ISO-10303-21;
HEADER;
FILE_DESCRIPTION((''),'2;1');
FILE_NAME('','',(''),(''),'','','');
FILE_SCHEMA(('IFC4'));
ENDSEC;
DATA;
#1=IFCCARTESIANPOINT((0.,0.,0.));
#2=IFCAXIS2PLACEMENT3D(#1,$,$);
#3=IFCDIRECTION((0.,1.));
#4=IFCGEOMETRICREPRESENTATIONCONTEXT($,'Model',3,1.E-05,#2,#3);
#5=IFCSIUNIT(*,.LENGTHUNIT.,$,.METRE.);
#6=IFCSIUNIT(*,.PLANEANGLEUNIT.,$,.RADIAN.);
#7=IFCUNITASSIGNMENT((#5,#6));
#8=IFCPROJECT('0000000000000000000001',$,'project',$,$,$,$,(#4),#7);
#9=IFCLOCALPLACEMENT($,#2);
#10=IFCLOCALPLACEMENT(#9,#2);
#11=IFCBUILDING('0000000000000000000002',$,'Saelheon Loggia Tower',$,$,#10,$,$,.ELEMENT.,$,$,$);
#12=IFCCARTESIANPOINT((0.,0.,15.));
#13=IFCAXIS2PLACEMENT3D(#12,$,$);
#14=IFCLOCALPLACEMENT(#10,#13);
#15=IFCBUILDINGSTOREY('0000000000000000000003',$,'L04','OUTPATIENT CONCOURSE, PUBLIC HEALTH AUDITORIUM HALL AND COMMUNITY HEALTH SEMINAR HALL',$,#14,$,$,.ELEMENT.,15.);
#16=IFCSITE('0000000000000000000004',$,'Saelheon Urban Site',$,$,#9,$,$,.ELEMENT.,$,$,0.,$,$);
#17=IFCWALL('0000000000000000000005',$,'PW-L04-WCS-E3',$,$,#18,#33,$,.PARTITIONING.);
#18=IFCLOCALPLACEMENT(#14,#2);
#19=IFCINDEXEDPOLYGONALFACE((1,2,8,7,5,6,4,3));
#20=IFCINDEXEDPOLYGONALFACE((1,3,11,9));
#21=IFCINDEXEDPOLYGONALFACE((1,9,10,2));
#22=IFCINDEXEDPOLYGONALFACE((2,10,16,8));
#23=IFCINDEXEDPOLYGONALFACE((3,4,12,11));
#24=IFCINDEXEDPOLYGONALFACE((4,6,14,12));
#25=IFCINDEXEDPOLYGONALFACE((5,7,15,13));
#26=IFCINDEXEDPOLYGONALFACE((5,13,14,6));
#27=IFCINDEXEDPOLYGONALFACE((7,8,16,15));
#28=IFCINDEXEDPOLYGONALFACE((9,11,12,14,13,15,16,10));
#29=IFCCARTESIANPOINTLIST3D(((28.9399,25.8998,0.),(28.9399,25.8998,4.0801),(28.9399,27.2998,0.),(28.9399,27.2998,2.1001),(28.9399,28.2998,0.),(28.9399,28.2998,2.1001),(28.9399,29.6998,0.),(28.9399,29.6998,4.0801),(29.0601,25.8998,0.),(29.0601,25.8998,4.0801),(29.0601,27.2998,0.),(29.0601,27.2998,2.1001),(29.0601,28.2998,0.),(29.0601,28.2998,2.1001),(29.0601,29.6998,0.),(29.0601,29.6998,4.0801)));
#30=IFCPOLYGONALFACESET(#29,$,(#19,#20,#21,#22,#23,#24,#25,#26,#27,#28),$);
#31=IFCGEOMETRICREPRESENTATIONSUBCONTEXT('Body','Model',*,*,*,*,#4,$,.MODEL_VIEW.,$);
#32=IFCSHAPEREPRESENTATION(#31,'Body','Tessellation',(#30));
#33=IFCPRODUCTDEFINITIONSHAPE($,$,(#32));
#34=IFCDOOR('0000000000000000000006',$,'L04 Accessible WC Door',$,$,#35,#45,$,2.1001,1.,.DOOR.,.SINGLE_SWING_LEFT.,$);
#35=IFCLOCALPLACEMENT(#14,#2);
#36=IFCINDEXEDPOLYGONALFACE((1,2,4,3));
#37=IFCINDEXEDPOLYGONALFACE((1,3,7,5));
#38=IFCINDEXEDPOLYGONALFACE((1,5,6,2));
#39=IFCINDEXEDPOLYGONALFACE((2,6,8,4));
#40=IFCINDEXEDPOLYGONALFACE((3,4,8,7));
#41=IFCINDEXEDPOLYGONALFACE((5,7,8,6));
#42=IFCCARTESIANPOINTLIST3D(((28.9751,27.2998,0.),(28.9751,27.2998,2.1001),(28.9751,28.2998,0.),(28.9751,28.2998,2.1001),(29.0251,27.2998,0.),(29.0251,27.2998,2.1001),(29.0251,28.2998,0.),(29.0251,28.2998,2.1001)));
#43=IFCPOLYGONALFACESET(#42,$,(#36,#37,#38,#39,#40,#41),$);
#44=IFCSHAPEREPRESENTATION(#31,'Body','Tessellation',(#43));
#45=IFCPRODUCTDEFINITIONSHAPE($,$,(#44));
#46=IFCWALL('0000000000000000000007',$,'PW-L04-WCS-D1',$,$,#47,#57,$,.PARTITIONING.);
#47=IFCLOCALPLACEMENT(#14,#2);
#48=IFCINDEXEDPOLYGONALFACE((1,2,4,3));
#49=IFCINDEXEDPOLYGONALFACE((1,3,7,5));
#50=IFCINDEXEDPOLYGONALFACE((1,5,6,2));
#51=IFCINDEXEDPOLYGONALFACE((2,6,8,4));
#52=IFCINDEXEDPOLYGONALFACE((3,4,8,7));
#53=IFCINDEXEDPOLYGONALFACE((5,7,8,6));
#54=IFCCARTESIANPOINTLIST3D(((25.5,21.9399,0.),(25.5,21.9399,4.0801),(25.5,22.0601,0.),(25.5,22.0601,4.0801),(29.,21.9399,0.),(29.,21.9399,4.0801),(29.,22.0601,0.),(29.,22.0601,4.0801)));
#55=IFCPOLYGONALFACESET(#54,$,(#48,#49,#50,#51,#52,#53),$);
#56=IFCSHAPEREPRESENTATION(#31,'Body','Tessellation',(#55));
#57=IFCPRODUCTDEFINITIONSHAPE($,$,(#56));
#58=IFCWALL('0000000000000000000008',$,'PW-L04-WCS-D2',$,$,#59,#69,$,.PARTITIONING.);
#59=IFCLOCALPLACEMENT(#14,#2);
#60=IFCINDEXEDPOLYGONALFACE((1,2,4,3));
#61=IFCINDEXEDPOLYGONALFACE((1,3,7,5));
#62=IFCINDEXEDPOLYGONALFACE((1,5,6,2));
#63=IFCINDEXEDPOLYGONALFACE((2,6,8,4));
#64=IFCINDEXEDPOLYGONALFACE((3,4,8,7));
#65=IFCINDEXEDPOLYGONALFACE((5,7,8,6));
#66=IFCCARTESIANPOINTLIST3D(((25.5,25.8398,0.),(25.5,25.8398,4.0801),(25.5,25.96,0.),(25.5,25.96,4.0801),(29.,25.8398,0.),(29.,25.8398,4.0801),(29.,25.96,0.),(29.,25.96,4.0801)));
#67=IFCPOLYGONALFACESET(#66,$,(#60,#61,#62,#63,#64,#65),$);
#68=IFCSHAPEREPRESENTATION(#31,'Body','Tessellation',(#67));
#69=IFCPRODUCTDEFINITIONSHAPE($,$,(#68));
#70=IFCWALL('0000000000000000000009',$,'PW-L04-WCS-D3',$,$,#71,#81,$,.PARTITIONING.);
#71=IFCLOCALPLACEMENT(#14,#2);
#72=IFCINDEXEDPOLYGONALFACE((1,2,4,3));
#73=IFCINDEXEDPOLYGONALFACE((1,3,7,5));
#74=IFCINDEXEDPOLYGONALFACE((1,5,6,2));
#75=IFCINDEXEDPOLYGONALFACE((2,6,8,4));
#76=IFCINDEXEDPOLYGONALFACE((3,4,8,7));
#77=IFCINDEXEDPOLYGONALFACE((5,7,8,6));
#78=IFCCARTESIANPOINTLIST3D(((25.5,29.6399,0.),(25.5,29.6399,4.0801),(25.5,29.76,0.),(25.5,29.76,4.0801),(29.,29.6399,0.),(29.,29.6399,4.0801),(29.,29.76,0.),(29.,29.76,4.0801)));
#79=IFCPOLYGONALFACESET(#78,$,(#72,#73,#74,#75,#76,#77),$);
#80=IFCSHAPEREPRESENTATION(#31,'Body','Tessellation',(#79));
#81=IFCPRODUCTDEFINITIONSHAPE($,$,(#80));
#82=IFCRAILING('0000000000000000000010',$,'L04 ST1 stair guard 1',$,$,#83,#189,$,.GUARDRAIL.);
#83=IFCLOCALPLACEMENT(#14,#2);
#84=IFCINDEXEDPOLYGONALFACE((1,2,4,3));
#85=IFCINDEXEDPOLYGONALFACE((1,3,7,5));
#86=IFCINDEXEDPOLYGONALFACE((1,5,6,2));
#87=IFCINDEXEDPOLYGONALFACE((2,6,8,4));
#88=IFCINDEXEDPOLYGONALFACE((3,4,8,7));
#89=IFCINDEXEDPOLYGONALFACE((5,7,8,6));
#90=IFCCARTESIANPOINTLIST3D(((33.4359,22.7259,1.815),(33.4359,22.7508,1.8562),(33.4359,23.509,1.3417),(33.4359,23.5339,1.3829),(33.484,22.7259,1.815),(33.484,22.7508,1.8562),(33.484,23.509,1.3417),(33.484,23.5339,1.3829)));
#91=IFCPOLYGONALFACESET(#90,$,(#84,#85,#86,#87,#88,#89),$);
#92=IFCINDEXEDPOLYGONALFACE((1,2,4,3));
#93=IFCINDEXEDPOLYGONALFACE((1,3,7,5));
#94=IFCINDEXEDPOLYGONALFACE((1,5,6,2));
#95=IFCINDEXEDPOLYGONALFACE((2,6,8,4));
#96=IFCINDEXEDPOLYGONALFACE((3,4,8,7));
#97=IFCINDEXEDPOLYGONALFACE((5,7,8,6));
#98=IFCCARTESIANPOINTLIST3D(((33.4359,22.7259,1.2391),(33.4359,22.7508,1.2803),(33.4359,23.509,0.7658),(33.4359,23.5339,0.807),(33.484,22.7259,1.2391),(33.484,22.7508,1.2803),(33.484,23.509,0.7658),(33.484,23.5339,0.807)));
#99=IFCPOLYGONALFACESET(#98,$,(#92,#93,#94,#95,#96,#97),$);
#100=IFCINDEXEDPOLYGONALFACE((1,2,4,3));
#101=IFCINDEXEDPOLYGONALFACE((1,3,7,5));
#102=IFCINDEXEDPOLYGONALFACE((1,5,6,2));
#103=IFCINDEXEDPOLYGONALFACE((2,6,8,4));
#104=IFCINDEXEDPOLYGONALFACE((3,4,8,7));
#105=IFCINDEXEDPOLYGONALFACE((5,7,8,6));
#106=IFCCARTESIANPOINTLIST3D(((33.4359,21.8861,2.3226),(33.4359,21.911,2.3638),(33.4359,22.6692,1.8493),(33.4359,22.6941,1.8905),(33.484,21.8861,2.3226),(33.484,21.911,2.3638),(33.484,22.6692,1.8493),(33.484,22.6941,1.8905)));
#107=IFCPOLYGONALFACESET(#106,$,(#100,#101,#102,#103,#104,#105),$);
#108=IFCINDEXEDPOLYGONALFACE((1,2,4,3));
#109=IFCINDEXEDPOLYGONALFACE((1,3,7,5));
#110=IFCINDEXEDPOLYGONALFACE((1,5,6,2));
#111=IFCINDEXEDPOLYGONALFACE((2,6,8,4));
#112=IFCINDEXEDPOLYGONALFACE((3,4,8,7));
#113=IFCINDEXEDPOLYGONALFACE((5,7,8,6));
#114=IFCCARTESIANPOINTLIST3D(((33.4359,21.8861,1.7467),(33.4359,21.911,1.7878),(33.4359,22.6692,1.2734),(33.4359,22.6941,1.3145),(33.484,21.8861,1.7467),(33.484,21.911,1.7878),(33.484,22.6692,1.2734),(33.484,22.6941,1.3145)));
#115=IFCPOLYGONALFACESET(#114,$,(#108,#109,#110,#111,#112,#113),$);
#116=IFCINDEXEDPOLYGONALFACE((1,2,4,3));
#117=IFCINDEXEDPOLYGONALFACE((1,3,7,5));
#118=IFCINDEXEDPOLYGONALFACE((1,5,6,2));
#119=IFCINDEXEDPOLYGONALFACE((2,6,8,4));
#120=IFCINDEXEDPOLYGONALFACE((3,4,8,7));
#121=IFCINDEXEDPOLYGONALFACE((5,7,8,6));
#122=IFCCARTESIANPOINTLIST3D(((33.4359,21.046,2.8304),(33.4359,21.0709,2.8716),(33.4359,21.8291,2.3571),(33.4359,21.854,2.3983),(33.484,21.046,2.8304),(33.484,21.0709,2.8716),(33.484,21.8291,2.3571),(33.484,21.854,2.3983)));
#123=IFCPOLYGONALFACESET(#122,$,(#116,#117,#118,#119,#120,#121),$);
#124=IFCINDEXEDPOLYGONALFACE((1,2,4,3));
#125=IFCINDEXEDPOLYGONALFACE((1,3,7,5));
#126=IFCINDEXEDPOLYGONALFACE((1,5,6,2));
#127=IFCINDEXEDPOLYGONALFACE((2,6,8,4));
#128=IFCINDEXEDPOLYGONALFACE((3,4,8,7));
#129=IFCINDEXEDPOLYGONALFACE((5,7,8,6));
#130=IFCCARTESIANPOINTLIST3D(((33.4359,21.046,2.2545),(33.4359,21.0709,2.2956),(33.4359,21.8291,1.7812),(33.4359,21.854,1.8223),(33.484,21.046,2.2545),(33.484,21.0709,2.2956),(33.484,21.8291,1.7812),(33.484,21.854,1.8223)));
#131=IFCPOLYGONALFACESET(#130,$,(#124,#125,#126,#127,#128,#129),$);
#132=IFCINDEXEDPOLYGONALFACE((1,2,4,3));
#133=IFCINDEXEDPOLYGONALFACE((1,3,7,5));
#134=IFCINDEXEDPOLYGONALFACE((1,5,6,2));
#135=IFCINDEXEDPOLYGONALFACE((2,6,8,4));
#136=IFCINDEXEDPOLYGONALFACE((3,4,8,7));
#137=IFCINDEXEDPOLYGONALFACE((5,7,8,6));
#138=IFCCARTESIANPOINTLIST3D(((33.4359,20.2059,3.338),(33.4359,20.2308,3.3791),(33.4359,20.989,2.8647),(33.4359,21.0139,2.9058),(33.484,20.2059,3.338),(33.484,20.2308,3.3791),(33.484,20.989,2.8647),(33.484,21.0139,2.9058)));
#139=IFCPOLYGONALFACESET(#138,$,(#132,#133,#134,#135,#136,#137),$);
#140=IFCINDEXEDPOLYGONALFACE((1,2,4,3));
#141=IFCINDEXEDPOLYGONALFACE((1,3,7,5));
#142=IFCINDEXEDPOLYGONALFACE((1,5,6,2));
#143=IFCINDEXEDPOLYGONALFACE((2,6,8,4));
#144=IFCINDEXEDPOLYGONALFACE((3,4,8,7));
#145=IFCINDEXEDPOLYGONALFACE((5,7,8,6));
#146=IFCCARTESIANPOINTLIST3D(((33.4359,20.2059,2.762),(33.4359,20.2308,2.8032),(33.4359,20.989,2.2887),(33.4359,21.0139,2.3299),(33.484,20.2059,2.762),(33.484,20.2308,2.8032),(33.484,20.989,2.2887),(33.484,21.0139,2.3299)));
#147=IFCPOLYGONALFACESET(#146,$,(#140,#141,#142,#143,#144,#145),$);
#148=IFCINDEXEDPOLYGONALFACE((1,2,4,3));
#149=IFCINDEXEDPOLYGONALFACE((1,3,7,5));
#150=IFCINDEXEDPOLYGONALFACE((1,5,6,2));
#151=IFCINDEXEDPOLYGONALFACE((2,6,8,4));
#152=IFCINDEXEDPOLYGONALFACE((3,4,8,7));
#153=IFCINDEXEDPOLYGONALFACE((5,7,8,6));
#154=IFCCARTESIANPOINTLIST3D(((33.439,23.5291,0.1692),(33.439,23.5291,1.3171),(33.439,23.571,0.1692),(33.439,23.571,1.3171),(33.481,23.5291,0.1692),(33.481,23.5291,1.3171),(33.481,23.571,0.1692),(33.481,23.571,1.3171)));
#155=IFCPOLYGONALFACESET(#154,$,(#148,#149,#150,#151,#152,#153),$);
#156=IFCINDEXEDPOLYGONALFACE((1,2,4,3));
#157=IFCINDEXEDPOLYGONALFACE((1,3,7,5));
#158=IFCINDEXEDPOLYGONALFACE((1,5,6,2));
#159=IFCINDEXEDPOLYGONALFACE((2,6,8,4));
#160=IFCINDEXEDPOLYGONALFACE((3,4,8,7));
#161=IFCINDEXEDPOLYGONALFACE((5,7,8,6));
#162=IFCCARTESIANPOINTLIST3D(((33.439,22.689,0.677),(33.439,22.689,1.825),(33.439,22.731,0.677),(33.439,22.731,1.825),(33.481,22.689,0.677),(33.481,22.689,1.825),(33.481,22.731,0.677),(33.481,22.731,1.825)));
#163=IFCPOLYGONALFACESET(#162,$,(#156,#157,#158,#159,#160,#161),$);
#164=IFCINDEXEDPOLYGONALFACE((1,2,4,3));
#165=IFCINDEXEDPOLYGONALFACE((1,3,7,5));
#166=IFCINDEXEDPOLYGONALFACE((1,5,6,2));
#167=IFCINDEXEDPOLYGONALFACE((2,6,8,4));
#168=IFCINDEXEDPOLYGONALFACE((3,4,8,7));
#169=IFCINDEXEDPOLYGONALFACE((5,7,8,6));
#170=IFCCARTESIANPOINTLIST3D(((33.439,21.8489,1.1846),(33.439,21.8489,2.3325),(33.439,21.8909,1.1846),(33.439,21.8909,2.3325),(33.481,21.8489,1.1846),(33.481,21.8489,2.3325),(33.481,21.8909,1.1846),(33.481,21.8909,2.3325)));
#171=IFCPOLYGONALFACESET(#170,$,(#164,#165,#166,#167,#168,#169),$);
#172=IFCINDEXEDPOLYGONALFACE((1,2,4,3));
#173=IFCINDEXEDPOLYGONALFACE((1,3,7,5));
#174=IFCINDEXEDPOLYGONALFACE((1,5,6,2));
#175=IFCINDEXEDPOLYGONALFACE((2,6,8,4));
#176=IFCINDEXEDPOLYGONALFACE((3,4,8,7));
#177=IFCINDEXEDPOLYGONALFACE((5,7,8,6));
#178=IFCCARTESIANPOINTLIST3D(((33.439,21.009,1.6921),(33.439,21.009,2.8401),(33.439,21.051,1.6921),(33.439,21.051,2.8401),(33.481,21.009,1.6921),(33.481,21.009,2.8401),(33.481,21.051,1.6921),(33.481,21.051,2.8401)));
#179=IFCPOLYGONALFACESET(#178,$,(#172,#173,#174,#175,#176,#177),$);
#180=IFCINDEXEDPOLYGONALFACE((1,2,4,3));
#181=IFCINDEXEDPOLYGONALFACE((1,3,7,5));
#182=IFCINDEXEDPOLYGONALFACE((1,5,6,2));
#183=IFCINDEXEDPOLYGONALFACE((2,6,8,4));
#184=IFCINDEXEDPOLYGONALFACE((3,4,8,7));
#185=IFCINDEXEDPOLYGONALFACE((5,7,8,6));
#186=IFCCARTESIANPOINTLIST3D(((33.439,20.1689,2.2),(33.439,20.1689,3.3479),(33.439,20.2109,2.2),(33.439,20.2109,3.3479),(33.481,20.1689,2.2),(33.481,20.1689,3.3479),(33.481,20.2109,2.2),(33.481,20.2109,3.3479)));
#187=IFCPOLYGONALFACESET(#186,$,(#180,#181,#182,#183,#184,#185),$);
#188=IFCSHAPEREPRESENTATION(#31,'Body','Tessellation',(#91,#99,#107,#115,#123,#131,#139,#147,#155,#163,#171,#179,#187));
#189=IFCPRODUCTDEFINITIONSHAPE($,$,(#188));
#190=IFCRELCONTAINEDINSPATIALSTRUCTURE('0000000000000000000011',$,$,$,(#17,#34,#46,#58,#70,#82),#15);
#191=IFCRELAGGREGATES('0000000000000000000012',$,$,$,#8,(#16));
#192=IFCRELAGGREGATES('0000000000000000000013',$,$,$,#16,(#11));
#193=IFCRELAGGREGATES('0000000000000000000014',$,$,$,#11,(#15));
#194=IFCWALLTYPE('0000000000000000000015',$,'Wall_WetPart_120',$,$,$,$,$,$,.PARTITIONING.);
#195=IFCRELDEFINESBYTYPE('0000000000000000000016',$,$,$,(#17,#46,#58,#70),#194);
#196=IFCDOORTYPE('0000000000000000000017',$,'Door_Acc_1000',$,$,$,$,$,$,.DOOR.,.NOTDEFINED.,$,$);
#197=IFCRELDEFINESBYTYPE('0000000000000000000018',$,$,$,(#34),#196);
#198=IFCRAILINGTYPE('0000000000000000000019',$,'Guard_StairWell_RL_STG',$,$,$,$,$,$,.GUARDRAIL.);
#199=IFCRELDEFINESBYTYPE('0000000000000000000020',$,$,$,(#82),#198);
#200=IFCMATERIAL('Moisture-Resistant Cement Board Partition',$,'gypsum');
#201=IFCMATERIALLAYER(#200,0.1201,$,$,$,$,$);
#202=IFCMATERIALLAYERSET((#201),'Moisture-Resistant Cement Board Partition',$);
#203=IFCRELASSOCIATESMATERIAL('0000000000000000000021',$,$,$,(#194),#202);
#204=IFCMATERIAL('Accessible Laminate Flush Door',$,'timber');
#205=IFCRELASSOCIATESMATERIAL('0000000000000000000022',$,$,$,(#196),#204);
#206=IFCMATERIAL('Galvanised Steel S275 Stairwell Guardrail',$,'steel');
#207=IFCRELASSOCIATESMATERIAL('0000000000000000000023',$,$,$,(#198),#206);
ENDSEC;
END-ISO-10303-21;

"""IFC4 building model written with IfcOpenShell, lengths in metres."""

from ifc_helpers import new_model, si_unit, direction, frame, frame_2d, origin, origin_2d, place, context, subcontext, project, spatial, rectangle, extrude, source, transform, mapped, material, layer, layer_set, type_object, element, fill, save


model = new_model("IFC4")

# Units and contexts
model_context = context("Model", 3, precision=1e-05, world=origin(), true_north=direction((0.0, 1.0)))
body_context = subcontext(model_context, "Body", "Model", "MODEL_VIEW")
ifc_project = project(units=[si_unit("LENGTHUNIT", "METRE"), si_unit("PLANEANGLEUNIT", "RADIAN")], contexts=[model_context])

# Site, building, storey
site_placement = place(None, origin())
site = spatial("IfcSite", under=ifc_project, at=site_placement, Name="Saelheon Urban Site", CompositionType="ELEMENT", RefElevation=0.0)
building_placement = place(site_placement, origin())
building = spatial("IfcBuilding", under=site, at=building_placement, Name="Saelheon Loggia Tower", CompositionType="ELEMENT")
storey_placement = place(building_placement, frame((0.0, 0.0, 15.0)))
storey = spatial("IfcBuildingStorey", under=building, at=storey_placement, Name="L04", Description="OUTPATIENT CONCOURSE, PUBLIC HEALTH AUDITORIUM HALL AND COMMUNITY HEALTH SEMINAR HALL", CompositionType="ELEMENT", Elevation=15.0)

# Wall, opening, door
ifc_material_1 = material(Name="Moisture-Resistant Cement Board Partition", Category="gypsum")
ifc_layer_1 = layer(ifc_material_1, 0.1201)
ifc_layer_set_1 = layer_set([ifc_layer_1], Name="Moisture-Resistant Cement Board Partition")
wall_type_1 = type_object("IfcWallType", Name="Wall_WetPart_120", PredefinedType="PARTITIONING", material=ifc_layer_set_1)
wall_1_placement = place(storey_placement, frame((29.0, 25.8999, 0.0), z_axis=(0.0, 0.0, 1.0), x_axis=(0.0, 1.0, 0.0)))
wall_1 = element("IfcWall", 1, at=wall_1_placement, inside=storey, type_object=wall_type_1, Name="PW-L04-WCS-E3", PredefinedType="PARTITIONING", context=body_context, shape_type="SweptSolid", body=[
    extrude(rectangle(XDim=3.8, YDim=0.1201, at=frame_2d((1.8999, 0.0))), origin(), (0.0, 0.0, 1.0), 4.0801),
])
opening_1_placement = place(wall_1_placement, frame((1.3999, 0.0, 0.0)))
opening_1 = element("IfcOpeningElement", 2, at=opening_1_placement, cuts=wall_1, PredefinedType="OPENING", context=body_context, shape_type="SweptSolid", body=[
    extrude(rectangle(XDim=1.0, YDim=2.1001, at=frame_2d((0.5, 1.05))), frame((0.0, 0.072, 0.0), z_axis=(0.0, -1.0, 0.0), x_axis=(1.0, 0.0, 0.0)), (0.0, 0.0, 1.0), 0.144),
])
ifc_material_2 = material(Name="Accessible Laminate Flush Door", Category="timber")
door_type_1 = type_object("IfcDoorType", Name="Door_Acc_1000", OperationType="NOTDEFINED", PredefinedType="DOOR", material=ifc_material_2)
shared_shape_1 = source(origin(), body_context, "Body", "SweptSolid", [
    extrude(rectangle(XDim=1.0, YDim=2.1001, at=frame_2d((0.5, 1.05))), frame((0.0, 0.0249, 0.0), z_axis=(0.0, -1.0, 0.0), x_axis=(1.0, 0.0, 0.0)), (0.0, 0.0, 1.0), 0.05),
])
door_1_placement = place(opening_1_placement, origin())
door_1 = element("IfcDoor", 3, at=door_1_placement, inside=storey, type_object=door_type_1, Name="L04 Accessible WC Door", OperationType="SINGLE_SWING_LEFT", OverallHeight=2.1001, OverallWidth=1.0, PredefinedType="DOOR", context=body_context, shape_type="MappedRepresentation", body=[
    mapped(shared_shape_1, transform((0.0, 0.0, 0.0), scale=1.0)),
])
fill(opening_1, door_1)

# Walls
for number, where, z_axis, x_axis, name in (
    (4, (25.5, 22.0, 0.0), (0.0, 0.0, 1.0), (1.0, 0.0, 0.0), "PW-L04-WCS-D1"),
    (5, (25.5, 25.8999, 0.0), (0.0, 0.0, 1.0), (1.0, 0.0, 0.0), "PW-L04-WCS-D2"),
    (6, (25.5, 29.7, 0.0), (0.0, 0.0, 1.0), (1.0, 0.0, 0.0), "PW-L04-WCS-D3"),
):
    element("IfcWall", number, at=place(storey_placement, frame(where, z_axis=z_axis, x_axis=x_axis)), inside=storey, type_object=wall_type_1, Name=name, PredefinedType="PARTITIONING", context=body_context, shape_type="SweptSolid", body=[
        extrude(rectangle(XDim=3.5, YDim=0.1201, at=frame_2d((1.75, 0.0))), origin(), (0.0, 0.0, 1.0), 4.0801),
    ])

# Railing
ifc_material_3 = material(Name="Galvanised Steel S275 Stairwell Guardrail", Category="steel")
railing_type_1 = type_object("IfcRailingType", Name="Guard_StairWell_RL_STG", PredefinedType="GUARDRAIL", material=ifc_material_3)
railing_1_placement = place(storey_placement, frame((33.46, 23.55, 0.1692)))
element("IfcRailing", 7, at=railing_1_placement, inside=storey, type_object=railing_type_1, Name="L04 ST1 stair guard 1", PredefinedType="GUARDRAIL", context=body_context, shape_type="SweptSolid", body=[
    extrude(rectangle(XDim=0.0481, YDim=0.0481, at=origin_2d()), frame((0.0, -0.0286, 1.1931), z_axis=(0.0, -0.855837, 0.517246), x_axis=(1.0, 0.0, 0.0)), (0.0, 0.0, 1.0), 0.915),
    extrude(rectangle(XDim=0.0481, YDim=0.0481, at=origin_2d()), frame((0.0, -0.0286, 0.6172), z_axis=(0.0, -0.855837, 0.517246), x_axis=(1.0, 0.0, 0.0)), (0.0, 0.0, 1.0), 0.915),
    extrude(rectangle(XDim=0.0481, YDim=0.0481, at=origin_2d()), frame((0.0, -0.8684, 1.7007), z_axis=(0.0, -0.855837, 0.517246), x_axis=(1.0, 0.0, 0.0)), (0.0, 0.0, 1.0), 0.915),
    extrude(rectangle(XDim=0.0481, YDim=0.0481, at=origin_2d()), frame((0.0, -0.8684, 1.1248), z_axis=(0.0, -0.855837, 0.517246), x_axis=(1.0, 0.0, 0.0)), (0.0, 0.0, 1.0), 0.915),
    extrude(rectangle(XDim=0.0481, YDim=0.0481, at=origin_2d()), frame((0.0, -1.7085, 2.2085), z_axis=(0.0, -0.855837, 0.517246), x_axis=(1.0, 0.0, 0.0)), (0.0, 0.0, 1.0), 0.915),
    extrude(rectangle(XDim=0.0481, YDim=0.0481, at=origin_2d()), frame((0.0, -1.7085, 1.6326), z_axis=(0.0, -0.855837, 0.517246), x_axis=(1.0, 0.0, 0.0)), (0.0, 0.0, 1.0), 0.915),
    extrude(rectangle(XDim=0.0481, YDim=0.0481, at=origin_2d()), frame((0.0, -2.5486, 2.7161), z_axis=(0.0, -0.855837, 0.517246), x_axis=(1.0, 0.0, 0.0)), (0.0, 0.0, 1.0), 0.915),
    extrude(rectangle(XDim=0.0481, YDim=0.0481, at=origin_2d()), frame((0.0, -2.5486, 2.1401), z_axis=(0.0, -0.855837, 0.517246), x_axis=(1.0, 0.0, 0.0)), (0.0, 0.0, 1.0), 0.915),
    extrude(rectangle(XDim=0.042, YDim=0.042, at=origin_2d()), origin(), (0.0, 0.0, 1.0), 1.1479),
    extrude(rectangle(XDim=0.042, YDim=0.042, at=origin_2d()), frame((0.0, -0.8401, 0.5078)), (0.0, 0.0, 1.0), 1.1479),
    extrude(rectangle(XDim=0.042, YDim=0.042, at=origin_2d()), frame((0.0, -1.6802, 1.0154)), (0.0, 0.0, 1.0), 1.1479),
    extrude(rectangle(XDim=0.042, YDim=0.042, at=origin_2d()), frame((0.0, -2.52, 1.5229)), (0.0, 0.0, 1.0), 1.1479),
    extrude(rectangle(XDim=0.042, YDim=0.042, at=origin_2d()), frame((0.0, -3.3601, 2.0308)), (0.0, 0.0, 1.0), 1.1479),
])

save(model, "model.ifc")
